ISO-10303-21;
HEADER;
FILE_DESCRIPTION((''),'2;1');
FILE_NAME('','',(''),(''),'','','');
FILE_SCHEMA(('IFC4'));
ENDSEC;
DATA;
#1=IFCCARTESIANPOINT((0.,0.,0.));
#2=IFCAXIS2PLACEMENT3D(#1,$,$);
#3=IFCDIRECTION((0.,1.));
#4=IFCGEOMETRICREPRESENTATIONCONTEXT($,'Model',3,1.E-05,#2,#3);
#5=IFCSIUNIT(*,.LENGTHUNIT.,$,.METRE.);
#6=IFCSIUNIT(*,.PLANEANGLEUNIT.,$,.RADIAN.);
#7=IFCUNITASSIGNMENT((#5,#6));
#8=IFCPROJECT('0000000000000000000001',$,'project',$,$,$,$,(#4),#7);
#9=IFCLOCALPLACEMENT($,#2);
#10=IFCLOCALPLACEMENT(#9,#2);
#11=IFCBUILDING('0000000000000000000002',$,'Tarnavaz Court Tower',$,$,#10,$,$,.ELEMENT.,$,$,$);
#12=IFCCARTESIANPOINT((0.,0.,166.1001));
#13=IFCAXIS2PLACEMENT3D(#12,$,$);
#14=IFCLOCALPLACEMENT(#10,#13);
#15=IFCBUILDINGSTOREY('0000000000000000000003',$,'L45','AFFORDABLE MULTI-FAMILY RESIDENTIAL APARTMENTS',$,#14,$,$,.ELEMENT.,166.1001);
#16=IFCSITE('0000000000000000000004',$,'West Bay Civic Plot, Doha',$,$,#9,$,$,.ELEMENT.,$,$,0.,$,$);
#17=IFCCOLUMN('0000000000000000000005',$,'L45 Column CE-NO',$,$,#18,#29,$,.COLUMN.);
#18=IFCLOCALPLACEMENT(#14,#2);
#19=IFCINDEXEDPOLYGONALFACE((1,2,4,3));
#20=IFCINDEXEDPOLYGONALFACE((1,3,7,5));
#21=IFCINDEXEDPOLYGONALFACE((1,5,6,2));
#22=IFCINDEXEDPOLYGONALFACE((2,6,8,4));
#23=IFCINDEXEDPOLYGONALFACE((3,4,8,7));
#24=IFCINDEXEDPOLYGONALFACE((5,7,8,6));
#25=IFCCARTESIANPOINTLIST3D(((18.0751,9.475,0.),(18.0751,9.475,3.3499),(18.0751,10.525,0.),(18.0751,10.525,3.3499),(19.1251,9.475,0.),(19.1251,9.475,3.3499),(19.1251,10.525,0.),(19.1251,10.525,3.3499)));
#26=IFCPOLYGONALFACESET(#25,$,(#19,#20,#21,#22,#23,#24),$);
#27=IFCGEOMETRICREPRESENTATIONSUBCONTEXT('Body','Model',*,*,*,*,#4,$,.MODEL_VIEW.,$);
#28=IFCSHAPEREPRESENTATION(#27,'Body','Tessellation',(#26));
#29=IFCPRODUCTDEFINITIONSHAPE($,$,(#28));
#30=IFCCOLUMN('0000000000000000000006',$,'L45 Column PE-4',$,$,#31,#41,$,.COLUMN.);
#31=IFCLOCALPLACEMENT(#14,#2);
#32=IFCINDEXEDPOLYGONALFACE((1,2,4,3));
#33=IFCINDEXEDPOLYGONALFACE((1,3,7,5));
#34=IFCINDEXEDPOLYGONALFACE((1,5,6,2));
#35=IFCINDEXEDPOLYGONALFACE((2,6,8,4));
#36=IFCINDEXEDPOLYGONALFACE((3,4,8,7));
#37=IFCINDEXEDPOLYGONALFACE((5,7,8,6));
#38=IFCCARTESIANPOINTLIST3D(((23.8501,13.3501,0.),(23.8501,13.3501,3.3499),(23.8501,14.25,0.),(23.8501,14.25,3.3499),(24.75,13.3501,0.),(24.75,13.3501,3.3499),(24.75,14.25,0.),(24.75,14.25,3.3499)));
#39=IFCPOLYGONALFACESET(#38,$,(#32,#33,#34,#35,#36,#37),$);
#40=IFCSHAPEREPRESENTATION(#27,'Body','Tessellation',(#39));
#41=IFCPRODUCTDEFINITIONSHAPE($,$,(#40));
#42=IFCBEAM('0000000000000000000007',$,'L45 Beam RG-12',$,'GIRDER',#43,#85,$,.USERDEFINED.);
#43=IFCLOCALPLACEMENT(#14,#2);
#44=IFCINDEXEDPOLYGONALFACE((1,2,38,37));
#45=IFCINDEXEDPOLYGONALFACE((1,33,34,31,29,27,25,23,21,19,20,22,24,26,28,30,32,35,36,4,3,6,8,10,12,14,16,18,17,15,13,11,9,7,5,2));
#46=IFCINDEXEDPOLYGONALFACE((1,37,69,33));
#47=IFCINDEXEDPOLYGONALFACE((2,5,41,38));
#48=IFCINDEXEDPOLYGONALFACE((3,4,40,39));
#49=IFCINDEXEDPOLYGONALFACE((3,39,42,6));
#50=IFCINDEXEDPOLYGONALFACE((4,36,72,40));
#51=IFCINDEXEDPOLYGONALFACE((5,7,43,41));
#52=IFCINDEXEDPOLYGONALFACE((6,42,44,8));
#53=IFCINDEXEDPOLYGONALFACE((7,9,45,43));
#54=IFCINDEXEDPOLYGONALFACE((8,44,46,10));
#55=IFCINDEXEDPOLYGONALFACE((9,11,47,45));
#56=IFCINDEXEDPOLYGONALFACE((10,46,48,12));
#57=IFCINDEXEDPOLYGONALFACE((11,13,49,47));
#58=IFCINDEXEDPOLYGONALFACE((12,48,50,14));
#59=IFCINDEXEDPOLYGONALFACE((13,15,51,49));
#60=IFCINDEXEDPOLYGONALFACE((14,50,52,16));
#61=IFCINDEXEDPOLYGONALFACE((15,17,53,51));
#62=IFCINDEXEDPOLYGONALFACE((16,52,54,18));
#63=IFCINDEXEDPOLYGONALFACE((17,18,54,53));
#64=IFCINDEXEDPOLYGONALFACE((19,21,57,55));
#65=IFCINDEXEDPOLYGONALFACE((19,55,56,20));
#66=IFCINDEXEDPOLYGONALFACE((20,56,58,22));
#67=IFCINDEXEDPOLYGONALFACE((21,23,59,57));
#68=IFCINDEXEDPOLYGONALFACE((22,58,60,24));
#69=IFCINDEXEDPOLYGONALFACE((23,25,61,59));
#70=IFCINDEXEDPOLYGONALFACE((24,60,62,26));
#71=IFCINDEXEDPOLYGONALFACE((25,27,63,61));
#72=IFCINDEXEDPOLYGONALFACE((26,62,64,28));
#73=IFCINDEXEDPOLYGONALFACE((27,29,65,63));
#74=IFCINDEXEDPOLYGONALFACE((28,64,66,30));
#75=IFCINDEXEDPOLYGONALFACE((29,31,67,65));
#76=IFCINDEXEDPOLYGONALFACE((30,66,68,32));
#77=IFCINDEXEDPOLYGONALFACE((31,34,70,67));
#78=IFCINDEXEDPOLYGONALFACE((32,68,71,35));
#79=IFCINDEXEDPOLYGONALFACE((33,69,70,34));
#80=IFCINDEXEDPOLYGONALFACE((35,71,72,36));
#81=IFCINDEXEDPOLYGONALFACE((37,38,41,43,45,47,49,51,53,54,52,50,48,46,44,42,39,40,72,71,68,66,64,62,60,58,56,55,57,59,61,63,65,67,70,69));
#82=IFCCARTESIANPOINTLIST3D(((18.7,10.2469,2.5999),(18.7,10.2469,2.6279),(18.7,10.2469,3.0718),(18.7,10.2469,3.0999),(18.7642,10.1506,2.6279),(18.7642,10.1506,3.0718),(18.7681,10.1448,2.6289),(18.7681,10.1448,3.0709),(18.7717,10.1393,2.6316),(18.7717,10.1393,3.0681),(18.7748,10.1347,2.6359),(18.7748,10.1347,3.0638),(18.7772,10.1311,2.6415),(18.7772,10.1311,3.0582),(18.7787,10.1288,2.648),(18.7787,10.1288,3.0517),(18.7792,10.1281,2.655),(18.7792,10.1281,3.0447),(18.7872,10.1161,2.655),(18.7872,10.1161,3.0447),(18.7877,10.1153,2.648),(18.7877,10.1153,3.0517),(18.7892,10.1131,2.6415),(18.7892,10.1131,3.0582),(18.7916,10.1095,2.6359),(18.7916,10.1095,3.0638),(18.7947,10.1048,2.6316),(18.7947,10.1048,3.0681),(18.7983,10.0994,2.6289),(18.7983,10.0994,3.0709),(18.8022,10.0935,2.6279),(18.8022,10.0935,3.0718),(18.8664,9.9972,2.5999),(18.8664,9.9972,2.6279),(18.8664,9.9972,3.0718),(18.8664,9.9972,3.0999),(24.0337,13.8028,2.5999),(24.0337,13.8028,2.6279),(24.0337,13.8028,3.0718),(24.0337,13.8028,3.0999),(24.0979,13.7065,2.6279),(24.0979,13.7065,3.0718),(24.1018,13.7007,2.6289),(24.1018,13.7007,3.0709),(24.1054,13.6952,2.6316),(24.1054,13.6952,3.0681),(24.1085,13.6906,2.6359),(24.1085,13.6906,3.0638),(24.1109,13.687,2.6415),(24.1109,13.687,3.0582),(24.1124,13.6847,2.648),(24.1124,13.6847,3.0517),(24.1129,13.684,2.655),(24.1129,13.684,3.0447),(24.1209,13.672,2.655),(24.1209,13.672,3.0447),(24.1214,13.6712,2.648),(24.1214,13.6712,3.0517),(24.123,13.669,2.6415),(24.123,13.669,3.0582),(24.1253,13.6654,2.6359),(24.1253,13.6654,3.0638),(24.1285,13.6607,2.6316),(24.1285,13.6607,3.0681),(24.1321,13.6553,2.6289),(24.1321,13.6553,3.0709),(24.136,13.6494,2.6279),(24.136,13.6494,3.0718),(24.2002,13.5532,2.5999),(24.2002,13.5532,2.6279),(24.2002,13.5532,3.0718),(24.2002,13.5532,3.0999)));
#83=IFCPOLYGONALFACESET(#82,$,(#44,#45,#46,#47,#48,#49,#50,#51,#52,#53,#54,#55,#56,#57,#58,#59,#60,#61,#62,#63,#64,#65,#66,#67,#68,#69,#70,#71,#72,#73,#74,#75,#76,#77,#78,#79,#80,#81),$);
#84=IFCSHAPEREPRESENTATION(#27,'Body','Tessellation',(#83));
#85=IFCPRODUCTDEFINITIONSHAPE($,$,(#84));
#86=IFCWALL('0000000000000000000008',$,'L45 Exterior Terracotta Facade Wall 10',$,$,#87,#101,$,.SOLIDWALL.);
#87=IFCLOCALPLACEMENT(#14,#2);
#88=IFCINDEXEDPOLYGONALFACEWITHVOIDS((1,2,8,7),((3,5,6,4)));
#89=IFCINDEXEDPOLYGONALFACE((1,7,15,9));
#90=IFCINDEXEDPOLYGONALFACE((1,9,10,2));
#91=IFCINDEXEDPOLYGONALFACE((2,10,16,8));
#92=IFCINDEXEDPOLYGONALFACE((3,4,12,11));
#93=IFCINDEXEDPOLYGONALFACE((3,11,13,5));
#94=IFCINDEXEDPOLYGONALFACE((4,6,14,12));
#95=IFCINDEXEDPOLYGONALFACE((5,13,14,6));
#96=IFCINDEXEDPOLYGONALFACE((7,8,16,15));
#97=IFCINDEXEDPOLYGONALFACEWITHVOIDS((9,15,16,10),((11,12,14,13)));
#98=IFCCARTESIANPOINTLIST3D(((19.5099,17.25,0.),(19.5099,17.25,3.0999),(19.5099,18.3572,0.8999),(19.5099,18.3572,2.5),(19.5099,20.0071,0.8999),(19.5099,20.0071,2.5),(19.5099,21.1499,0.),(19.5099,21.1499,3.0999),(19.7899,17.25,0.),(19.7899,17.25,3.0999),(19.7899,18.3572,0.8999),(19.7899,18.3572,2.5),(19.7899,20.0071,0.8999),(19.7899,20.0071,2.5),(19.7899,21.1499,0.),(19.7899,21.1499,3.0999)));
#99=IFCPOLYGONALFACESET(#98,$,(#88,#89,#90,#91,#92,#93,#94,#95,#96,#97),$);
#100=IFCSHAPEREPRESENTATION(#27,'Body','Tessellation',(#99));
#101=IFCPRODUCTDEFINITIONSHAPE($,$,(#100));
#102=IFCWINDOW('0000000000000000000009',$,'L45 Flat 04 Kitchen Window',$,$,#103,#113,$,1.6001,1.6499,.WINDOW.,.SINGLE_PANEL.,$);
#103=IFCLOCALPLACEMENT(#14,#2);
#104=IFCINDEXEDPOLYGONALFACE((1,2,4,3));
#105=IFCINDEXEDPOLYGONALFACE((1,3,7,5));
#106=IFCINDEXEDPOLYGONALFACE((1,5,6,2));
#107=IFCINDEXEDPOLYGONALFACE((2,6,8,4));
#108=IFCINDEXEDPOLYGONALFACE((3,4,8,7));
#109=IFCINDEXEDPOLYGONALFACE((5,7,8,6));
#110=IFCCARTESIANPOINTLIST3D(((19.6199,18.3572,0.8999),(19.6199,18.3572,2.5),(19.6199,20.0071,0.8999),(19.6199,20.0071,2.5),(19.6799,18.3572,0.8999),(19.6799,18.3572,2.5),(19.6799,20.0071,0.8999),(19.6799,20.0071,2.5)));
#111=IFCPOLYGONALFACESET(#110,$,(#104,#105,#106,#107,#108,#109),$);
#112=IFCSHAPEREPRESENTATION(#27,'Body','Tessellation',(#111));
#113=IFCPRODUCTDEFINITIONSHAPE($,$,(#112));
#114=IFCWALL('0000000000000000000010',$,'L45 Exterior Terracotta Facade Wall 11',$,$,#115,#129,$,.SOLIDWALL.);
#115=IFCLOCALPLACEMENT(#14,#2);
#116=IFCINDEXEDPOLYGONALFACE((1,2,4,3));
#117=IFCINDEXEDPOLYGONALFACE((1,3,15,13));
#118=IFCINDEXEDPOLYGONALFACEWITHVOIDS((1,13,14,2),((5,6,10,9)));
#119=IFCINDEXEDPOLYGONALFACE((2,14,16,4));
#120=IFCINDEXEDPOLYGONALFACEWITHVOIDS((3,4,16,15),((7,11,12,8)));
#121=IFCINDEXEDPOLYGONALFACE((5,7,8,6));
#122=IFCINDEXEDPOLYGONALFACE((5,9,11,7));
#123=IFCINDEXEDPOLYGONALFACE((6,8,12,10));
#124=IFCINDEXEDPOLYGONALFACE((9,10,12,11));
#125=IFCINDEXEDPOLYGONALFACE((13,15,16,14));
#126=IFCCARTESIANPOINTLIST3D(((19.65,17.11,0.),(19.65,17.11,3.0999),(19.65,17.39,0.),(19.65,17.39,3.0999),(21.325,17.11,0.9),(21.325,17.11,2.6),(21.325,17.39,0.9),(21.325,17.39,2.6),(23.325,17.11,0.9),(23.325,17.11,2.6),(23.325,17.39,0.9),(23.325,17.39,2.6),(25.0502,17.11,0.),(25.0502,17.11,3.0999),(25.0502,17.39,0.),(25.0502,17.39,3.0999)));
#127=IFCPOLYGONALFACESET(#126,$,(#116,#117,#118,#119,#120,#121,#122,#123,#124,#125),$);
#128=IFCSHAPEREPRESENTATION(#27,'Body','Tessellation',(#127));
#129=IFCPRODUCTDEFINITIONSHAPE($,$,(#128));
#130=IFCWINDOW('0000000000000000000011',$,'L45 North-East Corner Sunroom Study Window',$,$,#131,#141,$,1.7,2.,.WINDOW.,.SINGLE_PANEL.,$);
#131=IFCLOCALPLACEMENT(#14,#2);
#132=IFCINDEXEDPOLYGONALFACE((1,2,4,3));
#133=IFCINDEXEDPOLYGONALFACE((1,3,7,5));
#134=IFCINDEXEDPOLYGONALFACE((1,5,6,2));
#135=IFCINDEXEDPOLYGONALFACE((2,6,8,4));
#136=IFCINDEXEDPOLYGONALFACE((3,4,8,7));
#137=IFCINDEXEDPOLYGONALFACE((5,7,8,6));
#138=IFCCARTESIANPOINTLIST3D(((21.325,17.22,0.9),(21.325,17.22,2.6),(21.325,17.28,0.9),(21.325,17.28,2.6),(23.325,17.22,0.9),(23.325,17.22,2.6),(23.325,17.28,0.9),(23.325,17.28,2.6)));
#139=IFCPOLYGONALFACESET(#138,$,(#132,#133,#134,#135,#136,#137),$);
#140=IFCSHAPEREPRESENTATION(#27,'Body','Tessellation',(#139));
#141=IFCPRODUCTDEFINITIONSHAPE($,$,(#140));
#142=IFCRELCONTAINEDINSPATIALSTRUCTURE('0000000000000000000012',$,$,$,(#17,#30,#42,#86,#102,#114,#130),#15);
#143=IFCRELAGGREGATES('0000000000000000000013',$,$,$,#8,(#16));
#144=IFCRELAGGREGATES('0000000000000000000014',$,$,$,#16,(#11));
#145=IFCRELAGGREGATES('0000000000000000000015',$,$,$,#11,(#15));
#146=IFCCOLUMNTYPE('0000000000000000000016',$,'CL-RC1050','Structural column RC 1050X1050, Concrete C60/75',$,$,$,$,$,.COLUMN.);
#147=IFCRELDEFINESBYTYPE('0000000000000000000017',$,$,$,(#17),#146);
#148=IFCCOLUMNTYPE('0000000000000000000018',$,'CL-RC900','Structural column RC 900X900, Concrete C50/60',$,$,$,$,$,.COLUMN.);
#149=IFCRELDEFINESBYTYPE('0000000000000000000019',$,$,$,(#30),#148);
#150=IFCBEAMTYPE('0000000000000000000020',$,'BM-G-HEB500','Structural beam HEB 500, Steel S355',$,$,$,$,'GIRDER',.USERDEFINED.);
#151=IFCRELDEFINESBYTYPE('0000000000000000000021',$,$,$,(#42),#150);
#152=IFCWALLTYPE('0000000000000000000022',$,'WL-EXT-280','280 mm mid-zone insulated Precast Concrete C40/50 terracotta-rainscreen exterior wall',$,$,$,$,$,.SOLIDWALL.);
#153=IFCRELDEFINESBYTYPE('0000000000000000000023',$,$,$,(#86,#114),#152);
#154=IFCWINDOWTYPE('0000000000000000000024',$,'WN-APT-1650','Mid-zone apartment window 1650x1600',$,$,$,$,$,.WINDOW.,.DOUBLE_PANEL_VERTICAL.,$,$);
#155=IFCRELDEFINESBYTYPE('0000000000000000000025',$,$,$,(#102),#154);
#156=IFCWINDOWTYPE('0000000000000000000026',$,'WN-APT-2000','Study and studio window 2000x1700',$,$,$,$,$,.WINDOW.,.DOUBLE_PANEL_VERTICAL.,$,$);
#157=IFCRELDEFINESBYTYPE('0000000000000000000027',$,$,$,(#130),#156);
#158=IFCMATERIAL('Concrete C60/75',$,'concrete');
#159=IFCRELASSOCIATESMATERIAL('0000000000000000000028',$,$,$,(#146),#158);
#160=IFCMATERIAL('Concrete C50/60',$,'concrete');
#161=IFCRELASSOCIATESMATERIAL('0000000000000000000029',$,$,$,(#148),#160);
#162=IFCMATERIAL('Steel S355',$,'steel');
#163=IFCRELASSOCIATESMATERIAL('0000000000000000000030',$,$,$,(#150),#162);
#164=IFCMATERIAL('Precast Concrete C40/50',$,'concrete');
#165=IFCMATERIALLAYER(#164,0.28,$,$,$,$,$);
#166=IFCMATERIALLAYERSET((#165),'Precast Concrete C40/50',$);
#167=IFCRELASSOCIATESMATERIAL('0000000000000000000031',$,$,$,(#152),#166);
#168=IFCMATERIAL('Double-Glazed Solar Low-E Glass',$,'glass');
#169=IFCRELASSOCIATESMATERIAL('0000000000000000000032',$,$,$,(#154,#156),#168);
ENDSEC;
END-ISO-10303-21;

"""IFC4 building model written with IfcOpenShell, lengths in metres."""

from ifc_helpers import new_model, si_unit, direction, frame, frame_2d, origin, origin_2d, place, context, subcontext, project, spatial, rectangle, i_section, extrude, material, layer, layer_set, material_profile, profile_set, type_object, element, fill, save


model = new_model("IFC4")

# Units and contexts
model_context = context("Model", 3, precision=1e-05, world=origin(), true_north=direction((0.0, 1.0)))
body_context = subcontext(model_context, "Body", "Model", "MODEL_VIEW")
ifc_project = project(units=[si_unit("LENGTHUNIT", "METRE"), si_unit("PLANEANGLEUNIT", "RADIAN")], contexts=[model_context])

# Site, building, storey
site_placement = place(None, origin())
site = spatial("IfcSite", under=ifc_project, at=site_placement, Name="West Bay Civic Plot, Doha", CompositionType="ELEMENT", RefElevation=0.0)
building_placement = place(site_placement, origin())
building = spatial("IfcBuilding", under=site, at=building_placement, Name="Tarnavaz Court Tower", CompositionType="ELEMENT")
storey_placement = place(building_placement, frame((0.0, 0.0, 166.1001)))
storey = spatial("IfcBuildingStorey", under=building, at=storey_placement, Name="L45", Description="AFFORDABLE MULTI-FAMILY RESIDENTIAL APARTMENTS", CompositionType="ELEMENT", Elevation=166.1001)

# Columns
ifc_material_1 = material(Name="Concrete C60/75", Category="concrete")
ifc_material_profile_1 = material_profile(ifc_material_1, rectangle(XDim=1.05, YDim=1.05, at=origin_2d()), Name="RC 1050X1050")
ifc_profile_set_1 = profile_set([ifc_material_profile_1], Name="Concrete C60/75")
column_type_1 = type_object("IfcColumnType", Name="CL-RC1050", Description="Structural column RC 1050X1050, Concrete C60/75", PredefinedType="COLUMN", material=ifc_profile_set_1)
column_1_placement = place(storey_placement, frame((18.6001, 10.0, 0.0), z_axis=(0.0, 0.0, 1.0), x_axis=(1.0, 0.0, 0.0)))
element("IfcColumn", 1, at=column_1_placement, inside=storey, type_object=column_type_1, Name="L45 Column CE-NO", PredefinedType="COLUMN", context=body_context, shape_type="SweptSolid", body=[
    extrude(rectangle(XDim=1.05, YDim=1.05, at=origin_2d()), origin(), (0.0, 0.0, 1.0), 3.3499),
])
ifc_material_2 = material(Name="Concrete C50/60", Category="concrete")
ifc_material_profile_2 = material_profile(ifc_material_2, rectangle(XDim=0.8999, YDim=0.8999, at=origin_2d()), Name="RC 900X900")
ifc_profile_set_2 = profile_set([ifc_material_profile_2], Name="Concrete C50/60")
column_type_2 = type_object("IfcColumnType", Name="CL-RC900", Description="Structural column RC 900X900, Concrete C50/60", PredefinedType="COLUMN", material=ifc_profile_set_2)
column_2_placement = place(storey_placement, frame((24.3, 13.8, 0.0), z_axis=(0.0, 0.0, 1.0), x_axis=(1.0, 0.0, 0.0)))
element("IfcColumn", 2, at=column_2_placement, inside=storey, type_object=column_type_2, Name="L45 Column PE-4", PredefinedType="COLUMN", context=body_context, shape_type="SweptSolid", body=[
    extrude(rectangle(XDim=0.8999, YDim=0.8999, at=origin_2d()), origin(), (0.0, 0.0, 1.0), 3.3499),
])

# Beam
ifc_material_3 = material(Name="Steel S355", Category="steel")
ifc_material_profile_3 = material_profile(ifc_material_3, i_section(OverallWidth=0.3, OverallDepth=0.5, WebThickness=0.0144, FlangeThickness=0.0281, FilletRadius=0.0271, at=origin_2d()), Name="HEB 500")
ifc_profile_set_3 = profile_set([ifc_material_profile_3], Name="Steel S355")
beam_type = type_object("IfcBeamType", Name="BM-G-HEB500", Description="Structural beam HEB 500, Steel S355", ElementType="GIRDER", PredefinedType="USERDEFINED", material=ifc_profile_set_3)
beam_placement = place(storey_placement, frame((18.7832, 10.1221, 2.8499), z_axis=(0.832044, 0.554709, 0.0), x_axis=(-0.554709, 0.832044, 0.0)))
element("IfcBeam", 3, at=beam_placement, inside=storey, type_object=beam_type, Name="L45 Beam RG-12", ObjectType="GIRDER", PredefinedType="USERDEFINED", context=body_context, shape_type="SweptSolid", body=[
    extrude(i_section(OverallWidth=0.3, OverallDepth=0.5, WebThickness=0.0144, FlangeThickness=0.0281, FilletRadius=0.0271, at=origin_2d()), origin(), (0.0, 0.0, 1.0), 6.4104),
])

# Walls, openings, windows
ifc_material_4 = material(Name="Precast Concrete C40/50", Category="concrete")
ifc_layer_1 = layer(ifc_material_4, 0.28)
ifc_layer_set_1 = layer_set([ifc_layer_1], Name="Precast Concrete C40/50")
wall_type_1 = type_object("IfcWallType", Name="WL-EXT-280", Description="280 mm mid-zone insulated Precast Concrete C40/50 terracotta-rainscreen exterior wall", PredefinedType="SOLIDWALL", material=ifc_layer_set_1)
wall_1_placement = place(storey_placement, frame((19.6499, 21.1499, 0.0), z_axis=(0.0, 0.0, 1.0), x_axis=(0.0, -1.0, 0.0)))
wall_1 = element("IfcWall", 4, at=wall_1_placement, inside=storey, type_object=wall_type_1, Name="L45 Exterior Terracotta Facade Wall 10", PredefinedType="SOLIDWALL", context=body_context, shape_type="SweptSolid", body=[
    extrude(rectangle(XDim=3.8999, YDim=0.28, at=frame_2d((1.95, 0.0))), origin(), (0.0, 0.0, 1.0), 3.0999),
])
opening_1_placement = place(wall_1_placement, frame((1.1428, 0.0, 0.8999)))
opening_1 = element("IfcOpeningElement", 5, at=opening_1_placement, cuts=wall_1, PredefinedType="OPENING", context=body_context, shape_type="SweptSolid", body=[
    extrude(rectangle(XDim=1.6499, YDim=1.6001, at=frame_2d((0.825, 0.8))), frame((0.0, 0.1499, 0.0), z_axis=(0.0, -1.0, 0.0), x_axis=(1.0, 0.0, 0.0)), (0.0, 0.0, 1.0), 0.3),
])
ifc_material_5 = material(Name="Double-Glazed Solar Low-E Glass", Category="glass")
window_type_1 = type_object("IfcWindowType", Name="WN-APT-1650", Description="Mid-zone apartment window 1650x1600", PartitioningType="DOUBLE_PANEL_VERTICAL", PredefinedType="WINDOW", material=ifc_material_5)
window_1_placement = place(opening_1_placement, origin())
window_1 = element("IfcWindow", 6, at=window_1_placement, inside=storey, type_object=window_type_1, Name="L45 Flat 04 Kitchen Window", OverallHeight=1.6001, OverallWidth=1.6499, PartitioningType="SINGLE_PANEL", PredefinedType="WINDOW", context=body_context, shape_type="SweptSolid", body=[
    extrude(rectangle(XDim=1.6499, YDim=1.6001, at=frame_2d((0.825, 0.8))), frame((0.0, 0.03, 0.0), z_axis=(0.0, -1.0, 0.0), x_axis=(1.0, 0.0, 0.0)), (0.0, 0.0, 1.0), 0.0601),
])
fill(opening_1, window_1)
wall_2_placement = place(storey_placement, frame((19.6499, 17.25, 0.0), z_axis=(0.0, 0.0, 1.0), x_axis=(1.0, 0.0, 0.0)))
wall_2 = element("IfcWall", 7, at=wall_2_placement, inside=storey, type_object=wall_type_1, Name="L45 Exterior Terracotta Facade Wall 11", PredefinedType="SOLIDWALL", context=body_context, shape_type="SweptSolid", body=[
    extrude(rectangle(XDim=5.4001, YDim=0.28, at=frame_2d((2.7002, 0.0))), origin(), (0.0, 0.0, 1.0), 3.0999),
])
opening_2_placement = place(wall_2_placement, frame((1.675, 0.0, 0.8999)))
opening_2 = element("IfcOpeningElement", 8, at=opening_2_placement, cuts=wall_2, PredefinedType="OPENING", context=body_context, shape_type="SweptSolid", body=[
    extrude(rectangle(XDim=2.0, YDim=1.7, at=frame_2d((1.0, 0.8501))), frame((0.0, 0.1499, 0.0), z_axis=(0.0, -1.0, 0.0), x_axis=(1.0, 0.0, 0.0)), (0.0, 0.0, 1.0), 0.3),
])
window_type_2 = type_object("IfcWindowType", Name="WN-APT-2000", Description="Study and studio window 2000x1700", PartitioningType="DOUBLE_PANEL_VERTICAL", PredefinedType="WINDOW", material=ifc_material_5)
window_2_placement = place(opening_2_placement, origin())
window_2 = element("IfcWindow", 9, at=window_2_placement, inside=storey, type_object=window_type_2, Name="L45 North-East Corner Sunroom Study Window", OverallHeight=1.7, OverallWidth=2.0, PartitioningType="SINGLE_PANEL", PredefinedType="WINDOW", context=body_context, shape_type="SweptSolid", body=[
    extrude(rectangle(XDim=2.0, YDim=1.7, at=frame_2d((1.0, 0.8501))), frame((0.0, 0.03, 0.0), z_axis=(0.0, -1.0, 0.0), x_axis=(1.0, 0.0, 0.0)), (0.0, 0.0, 1.0), 0.0601),
])
fill(opening_2, window_2)

save(model, "model.ifc")
